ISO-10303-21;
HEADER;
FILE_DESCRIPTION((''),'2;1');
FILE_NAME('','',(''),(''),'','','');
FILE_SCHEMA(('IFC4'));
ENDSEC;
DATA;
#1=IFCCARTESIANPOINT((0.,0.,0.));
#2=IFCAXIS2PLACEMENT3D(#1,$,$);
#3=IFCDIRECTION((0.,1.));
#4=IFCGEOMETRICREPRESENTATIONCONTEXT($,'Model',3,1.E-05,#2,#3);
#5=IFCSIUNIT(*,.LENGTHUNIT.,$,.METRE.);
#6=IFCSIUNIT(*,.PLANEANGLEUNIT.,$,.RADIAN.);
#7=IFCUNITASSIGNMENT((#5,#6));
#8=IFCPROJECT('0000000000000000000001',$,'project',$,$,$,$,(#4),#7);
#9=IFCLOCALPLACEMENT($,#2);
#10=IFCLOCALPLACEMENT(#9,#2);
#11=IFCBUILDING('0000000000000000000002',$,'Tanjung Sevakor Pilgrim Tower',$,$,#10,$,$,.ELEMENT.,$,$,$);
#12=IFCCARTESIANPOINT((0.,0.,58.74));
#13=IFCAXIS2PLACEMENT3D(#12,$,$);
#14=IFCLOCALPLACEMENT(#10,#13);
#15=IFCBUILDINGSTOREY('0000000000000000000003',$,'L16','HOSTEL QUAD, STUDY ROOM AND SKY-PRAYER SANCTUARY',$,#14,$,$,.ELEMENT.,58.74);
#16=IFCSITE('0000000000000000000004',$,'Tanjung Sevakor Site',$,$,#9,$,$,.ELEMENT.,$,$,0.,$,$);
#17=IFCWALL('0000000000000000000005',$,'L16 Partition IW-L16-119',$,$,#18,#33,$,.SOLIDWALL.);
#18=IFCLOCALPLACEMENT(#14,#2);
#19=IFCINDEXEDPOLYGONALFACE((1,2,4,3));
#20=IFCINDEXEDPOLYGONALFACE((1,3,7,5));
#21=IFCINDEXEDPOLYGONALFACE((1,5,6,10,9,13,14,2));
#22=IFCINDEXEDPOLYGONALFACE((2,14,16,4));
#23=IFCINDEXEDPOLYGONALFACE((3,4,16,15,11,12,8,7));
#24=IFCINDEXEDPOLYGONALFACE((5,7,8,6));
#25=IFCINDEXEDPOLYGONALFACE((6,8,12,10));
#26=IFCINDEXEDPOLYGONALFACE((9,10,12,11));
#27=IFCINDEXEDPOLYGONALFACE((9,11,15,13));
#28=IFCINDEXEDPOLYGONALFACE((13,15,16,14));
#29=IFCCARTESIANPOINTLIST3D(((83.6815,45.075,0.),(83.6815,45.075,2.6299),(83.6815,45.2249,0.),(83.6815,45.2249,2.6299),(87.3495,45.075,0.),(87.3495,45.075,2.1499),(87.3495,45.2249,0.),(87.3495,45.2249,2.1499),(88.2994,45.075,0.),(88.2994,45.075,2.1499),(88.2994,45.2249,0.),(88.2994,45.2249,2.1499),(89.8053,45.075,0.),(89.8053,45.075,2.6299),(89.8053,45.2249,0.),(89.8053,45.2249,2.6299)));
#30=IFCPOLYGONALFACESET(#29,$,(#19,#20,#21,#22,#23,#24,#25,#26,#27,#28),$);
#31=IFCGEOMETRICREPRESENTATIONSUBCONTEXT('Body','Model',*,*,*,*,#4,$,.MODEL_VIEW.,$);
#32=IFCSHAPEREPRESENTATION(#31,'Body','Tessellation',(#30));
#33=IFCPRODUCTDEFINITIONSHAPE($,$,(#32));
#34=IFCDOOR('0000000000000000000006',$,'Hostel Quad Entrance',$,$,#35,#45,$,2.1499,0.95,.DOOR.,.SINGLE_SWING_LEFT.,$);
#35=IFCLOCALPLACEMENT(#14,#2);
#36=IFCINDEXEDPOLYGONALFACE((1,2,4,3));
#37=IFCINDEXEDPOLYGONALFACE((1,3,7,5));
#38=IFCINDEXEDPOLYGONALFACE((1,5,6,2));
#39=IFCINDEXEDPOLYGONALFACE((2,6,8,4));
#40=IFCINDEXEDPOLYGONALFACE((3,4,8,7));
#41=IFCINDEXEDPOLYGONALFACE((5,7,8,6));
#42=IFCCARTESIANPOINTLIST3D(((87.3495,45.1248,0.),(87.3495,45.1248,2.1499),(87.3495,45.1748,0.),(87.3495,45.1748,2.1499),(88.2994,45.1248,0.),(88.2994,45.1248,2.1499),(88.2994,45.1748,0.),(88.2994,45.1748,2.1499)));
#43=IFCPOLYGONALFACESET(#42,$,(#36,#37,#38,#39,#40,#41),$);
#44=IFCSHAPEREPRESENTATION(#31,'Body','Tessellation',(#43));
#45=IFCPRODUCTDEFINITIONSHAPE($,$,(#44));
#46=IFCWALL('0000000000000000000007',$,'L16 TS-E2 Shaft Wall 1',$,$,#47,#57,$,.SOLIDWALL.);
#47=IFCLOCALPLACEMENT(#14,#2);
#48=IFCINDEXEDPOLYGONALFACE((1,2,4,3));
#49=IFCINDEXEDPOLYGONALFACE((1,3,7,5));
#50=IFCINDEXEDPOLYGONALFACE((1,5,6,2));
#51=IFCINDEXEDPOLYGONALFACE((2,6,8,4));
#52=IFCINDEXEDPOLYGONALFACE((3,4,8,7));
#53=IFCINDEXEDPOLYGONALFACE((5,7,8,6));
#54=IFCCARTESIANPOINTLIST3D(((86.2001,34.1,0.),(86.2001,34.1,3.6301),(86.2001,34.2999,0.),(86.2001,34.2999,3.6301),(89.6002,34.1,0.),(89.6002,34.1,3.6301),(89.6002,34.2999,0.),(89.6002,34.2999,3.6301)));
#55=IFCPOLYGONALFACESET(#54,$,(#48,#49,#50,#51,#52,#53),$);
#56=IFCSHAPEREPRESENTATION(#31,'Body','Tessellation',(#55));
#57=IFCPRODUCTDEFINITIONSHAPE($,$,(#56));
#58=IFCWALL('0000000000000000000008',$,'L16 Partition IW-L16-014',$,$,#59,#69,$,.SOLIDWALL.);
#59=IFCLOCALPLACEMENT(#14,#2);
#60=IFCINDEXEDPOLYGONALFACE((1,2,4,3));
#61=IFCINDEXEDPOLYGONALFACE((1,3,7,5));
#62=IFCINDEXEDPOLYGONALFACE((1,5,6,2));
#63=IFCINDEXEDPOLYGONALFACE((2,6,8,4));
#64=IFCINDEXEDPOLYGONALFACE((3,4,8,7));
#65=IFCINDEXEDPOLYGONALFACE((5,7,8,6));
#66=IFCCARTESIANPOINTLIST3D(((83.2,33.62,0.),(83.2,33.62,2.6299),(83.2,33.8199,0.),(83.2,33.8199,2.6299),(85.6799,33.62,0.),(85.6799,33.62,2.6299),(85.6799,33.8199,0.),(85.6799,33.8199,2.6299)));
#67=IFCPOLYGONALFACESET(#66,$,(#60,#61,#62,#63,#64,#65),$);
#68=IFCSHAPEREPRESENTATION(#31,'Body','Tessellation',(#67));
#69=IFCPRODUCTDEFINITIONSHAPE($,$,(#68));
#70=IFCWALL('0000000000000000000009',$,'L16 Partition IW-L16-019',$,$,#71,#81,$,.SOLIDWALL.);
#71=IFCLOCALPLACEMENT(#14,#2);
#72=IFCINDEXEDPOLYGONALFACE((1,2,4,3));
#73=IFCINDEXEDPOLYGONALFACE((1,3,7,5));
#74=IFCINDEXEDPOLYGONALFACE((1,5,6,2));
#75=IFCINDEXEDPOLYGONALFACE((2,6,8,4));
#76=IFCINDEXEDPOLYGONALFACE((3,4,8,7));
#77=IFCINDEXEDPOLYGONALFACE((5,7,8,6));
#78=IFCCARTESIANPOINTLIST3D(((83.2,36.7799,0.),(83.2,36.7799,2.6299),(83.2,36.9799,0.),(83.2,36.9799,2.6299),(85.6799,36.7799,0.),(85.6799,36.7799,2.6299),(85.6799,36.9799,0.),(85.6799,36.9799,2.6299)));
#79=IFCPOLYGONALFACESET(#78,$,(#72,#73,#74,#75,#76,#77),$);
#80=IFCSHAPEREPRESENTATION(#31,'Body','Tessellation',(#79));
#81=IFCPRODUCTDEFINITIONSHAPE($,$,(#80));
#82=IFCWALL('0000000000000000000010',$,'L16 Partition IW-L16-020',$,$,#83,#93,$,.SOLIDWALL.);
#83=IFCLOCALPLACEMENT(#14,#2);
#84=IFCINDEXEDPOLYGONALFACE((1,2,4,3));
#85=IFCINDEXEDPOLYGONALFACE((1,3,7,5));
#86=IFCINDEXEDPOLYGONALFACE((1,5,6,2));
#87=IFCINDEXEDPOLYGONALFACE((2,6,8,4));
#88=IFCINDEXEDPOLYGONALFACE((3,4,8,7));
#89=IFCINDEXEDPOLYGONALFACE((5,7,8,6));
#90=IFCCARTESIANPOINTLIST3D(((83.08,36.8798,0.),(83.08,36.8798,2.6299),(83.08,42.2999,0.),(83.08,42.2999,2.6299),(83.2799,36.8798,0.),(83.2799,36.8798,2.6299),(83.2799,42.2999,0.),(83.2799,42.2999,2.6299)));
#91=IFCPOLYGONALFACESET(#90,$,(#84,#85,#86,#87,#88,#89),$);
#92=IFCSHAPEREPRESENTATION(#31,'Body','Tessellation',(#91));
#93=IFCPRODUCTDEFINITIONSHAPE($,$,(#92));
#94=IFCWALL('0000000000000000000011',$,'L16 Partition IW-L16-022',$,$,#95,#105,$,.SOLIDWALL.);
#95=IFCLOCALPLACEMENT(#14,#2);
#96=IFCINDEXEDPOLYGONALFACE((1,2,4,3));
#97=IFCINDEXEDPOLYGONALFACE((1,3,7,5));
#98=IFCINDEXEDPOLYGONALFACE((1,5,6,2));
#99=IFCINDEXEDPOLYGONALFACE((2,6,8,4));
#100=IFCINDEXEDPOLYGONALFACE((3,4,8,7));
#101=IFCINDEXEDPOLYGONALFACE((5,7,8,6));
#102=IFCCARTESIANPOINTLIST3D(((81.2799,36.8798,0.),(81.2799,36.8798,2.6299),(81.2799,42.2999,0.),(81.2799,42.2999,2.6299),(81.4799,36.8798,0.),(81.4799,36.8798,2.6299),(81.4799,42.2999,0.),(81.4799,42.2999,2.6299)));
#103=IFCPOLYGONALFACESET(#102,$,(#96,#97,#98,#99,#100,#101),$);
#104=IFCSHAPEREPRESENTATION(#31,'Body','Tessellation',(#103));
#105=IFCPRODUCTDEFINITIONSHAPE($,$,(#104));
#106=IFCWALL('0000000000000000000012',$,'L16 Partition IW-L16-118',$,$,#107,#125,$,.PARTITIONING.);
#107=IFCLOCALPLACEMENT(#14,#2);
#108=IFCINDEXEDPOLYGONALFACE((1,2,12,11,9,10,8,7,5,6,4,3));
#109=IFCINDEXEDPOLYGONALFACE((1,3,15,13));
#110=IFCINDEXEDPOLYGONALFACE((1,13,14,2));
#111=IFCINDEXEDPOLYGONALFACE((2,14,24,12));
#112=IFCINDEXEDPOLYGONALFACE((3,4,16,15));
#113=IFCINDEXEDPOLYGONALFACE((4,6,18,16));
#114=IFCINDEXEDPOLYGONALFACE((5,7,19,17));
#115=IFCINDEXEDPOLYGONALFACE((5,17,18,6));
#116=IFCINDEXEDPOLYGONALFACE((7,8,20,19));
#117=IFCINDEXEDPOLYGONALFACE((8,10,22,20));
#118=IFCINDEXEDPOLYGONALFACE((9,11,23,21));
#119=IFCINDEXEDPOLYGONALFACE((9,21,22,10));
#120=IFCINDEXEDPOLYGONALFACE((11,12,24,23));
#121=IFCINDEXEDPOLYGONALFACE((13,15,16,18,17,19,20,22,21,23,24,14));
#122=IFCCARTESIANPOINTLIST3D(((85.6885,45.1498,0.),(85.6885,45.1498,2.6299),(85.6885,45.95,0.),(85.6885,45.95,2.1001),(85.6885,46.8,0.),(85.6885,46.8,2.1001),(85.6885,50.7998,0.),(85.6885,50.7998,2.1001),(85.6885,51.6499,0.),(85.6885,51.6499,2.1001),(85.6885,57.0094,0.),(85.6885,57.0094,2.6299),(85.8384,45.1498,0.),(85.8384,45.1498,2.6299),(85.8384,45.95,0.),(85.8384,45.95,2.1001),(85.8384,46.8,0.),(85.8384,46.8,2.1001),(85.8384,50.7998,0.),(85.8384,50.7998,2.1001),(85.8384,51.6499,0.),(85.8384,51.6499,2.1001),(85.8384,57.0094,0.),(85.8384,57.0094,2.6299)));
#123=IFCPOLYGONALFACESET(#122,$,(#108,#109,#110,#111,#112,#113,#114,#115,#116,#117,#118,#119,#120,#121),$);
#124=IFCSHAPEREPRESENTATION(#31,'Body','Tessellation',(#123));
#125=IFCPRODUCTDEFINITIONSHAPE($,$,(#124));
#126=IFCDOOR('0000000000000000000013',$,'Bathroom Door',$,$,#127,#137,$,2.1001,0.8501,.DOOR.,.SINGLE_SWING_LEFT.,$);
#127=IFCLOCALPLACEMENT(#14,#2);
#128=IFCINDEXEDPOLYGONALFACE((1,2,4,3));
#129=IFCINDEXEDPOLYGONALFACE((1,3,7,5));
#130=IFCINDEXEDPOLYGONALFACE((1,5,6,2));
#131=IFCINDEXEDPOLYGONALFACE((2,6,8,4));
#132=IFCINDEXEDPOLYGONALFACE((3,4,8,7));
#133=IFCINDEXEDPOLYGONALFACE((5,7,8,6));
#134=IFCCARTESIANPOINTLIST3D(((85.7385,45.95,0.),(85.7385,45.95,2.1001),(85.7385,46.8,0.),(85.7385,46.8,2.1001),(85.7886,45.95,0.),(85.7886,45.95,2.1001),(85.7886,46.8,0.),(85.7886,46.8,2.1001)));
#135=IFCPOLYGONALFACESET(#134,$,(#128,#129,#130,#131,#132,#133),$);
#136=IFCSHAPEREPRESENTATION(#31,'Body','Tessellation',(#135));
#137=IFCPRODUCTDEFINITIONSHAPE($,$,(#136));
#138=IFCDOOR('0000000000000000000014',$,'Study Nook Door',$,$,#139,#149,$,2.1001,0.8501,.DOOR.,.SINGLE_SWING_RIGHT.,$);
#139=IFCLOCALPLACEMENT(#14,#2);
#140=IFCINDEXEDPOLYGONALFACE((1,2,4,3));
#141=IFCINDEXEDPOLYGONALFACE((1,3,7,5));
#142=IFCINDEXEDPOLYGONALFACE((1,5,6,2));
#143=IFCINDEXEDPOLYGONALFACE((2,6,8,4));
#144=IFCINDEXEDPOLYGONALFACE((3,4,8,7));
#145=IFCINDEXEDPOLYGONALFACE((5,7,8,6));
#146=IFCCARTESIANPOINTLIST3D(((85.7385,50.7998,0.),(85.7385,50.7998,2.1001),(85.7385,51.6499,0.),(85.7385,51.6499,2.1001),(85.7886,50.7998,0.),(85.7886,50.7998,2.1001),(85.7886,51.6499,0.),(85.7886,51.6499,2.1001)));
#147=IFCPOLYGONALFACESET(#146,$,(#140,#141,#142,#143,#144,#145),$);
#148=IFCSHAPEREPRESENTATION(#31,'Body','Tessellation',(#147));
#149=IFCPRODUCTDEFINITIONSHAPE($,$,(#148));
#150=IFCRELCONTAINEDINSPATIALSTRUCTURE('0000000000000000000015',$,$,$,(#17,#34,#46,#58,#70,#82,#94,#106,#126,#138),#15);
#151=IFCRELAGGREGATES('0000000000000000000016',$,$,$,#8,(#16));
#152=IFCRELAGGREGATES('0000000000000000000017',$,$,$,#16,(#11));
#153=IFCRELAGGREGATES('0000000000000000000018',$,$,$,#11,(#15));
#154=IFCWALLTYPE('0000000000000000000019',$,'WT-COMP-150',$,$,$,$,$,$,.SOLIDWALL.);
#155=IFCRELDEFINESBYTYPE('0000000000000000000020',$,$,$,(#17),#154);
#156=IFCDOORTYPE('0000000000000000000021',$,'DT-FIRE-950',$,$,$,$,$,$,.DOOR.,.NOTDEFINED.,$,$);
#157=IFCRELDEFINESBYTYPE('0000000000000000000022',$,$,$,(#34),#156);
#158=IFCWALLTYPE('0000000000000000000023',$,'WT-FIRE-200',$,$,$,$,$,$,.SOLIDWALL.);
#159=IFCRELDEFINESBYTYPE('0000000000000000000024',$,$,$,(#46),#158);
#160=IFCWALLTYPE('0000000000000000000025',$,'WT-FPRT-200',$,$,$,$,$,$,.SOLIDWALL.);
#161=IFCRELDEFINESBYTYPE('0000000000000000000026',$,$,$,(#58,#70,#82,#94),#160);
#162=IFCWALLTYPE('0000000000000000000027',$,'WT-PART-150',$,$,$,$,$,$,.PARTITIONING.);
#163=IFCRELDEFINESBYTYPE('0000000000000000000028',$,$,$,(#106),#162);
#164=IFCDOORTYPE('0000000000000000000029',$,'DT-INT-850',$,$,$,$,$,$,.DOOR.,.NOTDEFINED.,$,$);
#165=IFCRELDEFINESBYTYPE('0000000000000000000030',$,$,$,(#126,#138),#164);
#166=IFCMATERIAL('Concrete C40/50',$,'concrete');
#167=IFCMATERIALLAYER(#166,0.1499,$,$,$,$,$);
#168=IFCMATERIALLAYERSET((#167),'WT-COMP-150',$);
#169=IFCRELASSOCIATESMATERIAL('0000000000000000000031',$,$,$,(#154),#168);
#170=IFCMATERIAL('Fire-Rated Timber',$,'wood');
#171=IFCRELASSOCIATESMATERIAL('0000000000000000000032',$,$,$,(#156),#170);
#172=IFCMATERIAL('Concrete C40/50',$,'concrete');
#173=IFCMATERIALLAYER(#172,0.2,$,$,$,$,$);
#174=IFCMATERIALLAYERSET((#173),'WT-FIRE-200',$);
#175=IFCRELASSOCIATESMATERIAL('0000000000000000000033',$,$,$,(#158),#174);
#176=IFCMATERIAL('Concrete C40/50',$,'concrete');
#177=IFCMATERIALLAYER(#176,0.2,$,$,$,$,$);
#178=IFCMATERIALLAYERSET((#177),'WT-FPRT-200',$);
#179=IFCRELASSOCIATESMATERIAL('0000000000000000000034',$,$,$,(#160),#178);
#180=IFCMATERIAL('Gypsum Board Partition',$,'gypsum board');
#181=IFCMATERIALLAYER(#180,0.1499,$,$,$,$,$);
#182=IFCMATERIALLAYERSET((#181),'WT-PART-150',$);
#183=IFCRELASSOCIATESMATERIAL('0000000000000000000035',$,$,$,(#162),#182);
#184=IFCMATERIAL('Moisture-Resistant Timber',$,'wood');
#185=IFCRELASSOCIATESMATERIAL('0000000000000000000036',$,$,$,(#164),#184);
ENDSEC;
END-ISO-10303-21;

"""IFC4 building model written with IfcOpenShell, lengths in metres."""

from ifc_helpers import new_model, si_unit, direction, frame, frame_2d, origin, place, context, subcontext, project, spatial, rectangle, extrude, material, layer, layer_set, type_object, element, fill, save


model = new_model("IFC4")

# Units and contexts
model_context = context("Model", 3, precision=1e-05, world=origin(), true_north=direction((0.0, 1.0)))
body_context = subcontext(model_context, "Body", "Model", "MODEL_VIEW")
ifc_project = project(units=[si_unit("LENGTHUNIT", "METRE"), si_unit("PLANEANGLEUNIT", "RADIAN")], contexts=[model_context])

# Site, building, storey
site_placement = place(None, origin())
site = spatial("IfcSite", under=ifc_project, at=site_placement, Name="Tanjung Sevakor Site", CompositionType="ELEMENT", RefElevation=0.0)
building_placement = place(site_placement, origin())
building = spatial("IfcBuilding", under=site, at=building_placement, Name="Tanjung Sevakor Pilgrim Tower", CompositionType="ELEMENT")
storey_placement = place(building_placement, frame((0.0, 0.0, 58.74)))
storey = spatial("IfcBuildingStorey", under=building, at=storey_placement, Name="L16", Description="HOSTEL QUAD, STUDY ROOM AND SKY-PRAYER SANCTUARY", CompositionType="ELEMENT", Elevation=58.74)

# Shared definitions
ifc_material_1 = material(Name="Concrete C40/50", Category="concrete")
ifc_layer_1 = layer(ifc_material_1, 0.1499)
ifc_layer_set_1 = layer_set([ifc_layer_1], Name="WT-COMP-150")
wall_type_1 = type_object("IfcWallType", Name="WT-COMP-150", PredefinedType="SOLIDWALL", material=ifc_layer_set_1)

# Wall, opening, door
wall_1_placement = place(storey_placement, frame((83.6814, 45.1499, 0.0), z_axis=(0.0, 0.0, 1.0), x_axis=(1.0, 0.0, 0.0)))
wall_1 = element("IfcWall", 1, at=wall_1_placement, inside=storey, type_object=wall_type_1, Name="L16 Partition IW-L16-119", PredefinedType="SOLIDWALL", context=body_context, shape_type="SweptSolid", body=[
    extrude(rectangle(XDim=6.1238, YDim=0.1499, at=frame_2d((3.062, 0.0))), origin(), (0.0, 0.0, 1.0), 2.6299),
])
opening_1_placement = place(wall_1_placement, frame((3.668, 0.0, 0.0)))
opening_1 = element("IfcOpeningElement", 2, at=opening_1_placement, cuts=wall_1, PredefinedType="OPENING", context=body_context, shape_type="SweptSolid", body=[
    extrude(rectangle(XDim=0.95, YDim=2.1499, at=frame_2d((0.4751, 1.075))), frame((0.0, 0.085, 0.0), z_axis=(0.0, -1.0, 0.0), x_axis=(1.0, 0.0, 0.0)), (0.0, 0.0, 1.0), 0.1699),
])
ifc_material_2 = material(Name="Fire-Rated Timber", Category="wood")
door_type_1 = type_object("IfcDoorType", Name="DT-FIRE-950", OperationType="NOTDEFINED", PredefinedType="DOOR", material=ifc_material_2)
door_1_placement = place(opening_1_placement, origin())
door_1 = element("IfcDoor", 3, at=door_1_placement, inside=storey, type_object=door_type_1, Name="Hostel Quad Entrance", OperationType="SINGLE_SWING_LEFT", OverallHeight=2.1499, OverallWidth=0.95, PredefinedType="DOOR", context=body_context, shape_type="SweptSolid", body=[
    extrude(rectangle(XDim=0.95, YDim=2.1499, at=frame_2d((0.4751, 1.075))), frame((0.0, 0.0249, 0.0), z_axis=(0.0, -1.0, 0.0), x_axis=(1.0, 0.0, 0.0)), (0.0, 0.0, 1.0), 0.05),
])
fill(opening_1, door_1)

# Walls
ifc_material_3 = material(Name="Concrete C40/50", Category="concrete")
ifc_layer_2 = layer(ifc_material_3, 0.2)
ifc_layer_set_2 = layer_set([ifc_layer_2], Name="WT-FIRE-200")
wall_type_2 = type_object("IfcWallType", Name="WT-FIRE-200", PredefinedType="SOLIDWALL", material=ifc_layer_set_2)
wall_2_placement = place(storey_placement, frame((86.2, 34.2, 0.0), z_axis=(0.0, 0.0, 1.0), x_axis=(1.0, 0.0, 0.0)))
element("IfcWall", 4, at=wall_2_placement, inside=storey, type_object=wall_type_2, Name="L16 TS-E2 Shaft Wall 1", PredefinedType="SOLIDWALL", context=body_context, shape_type="SweptSolid", body=[
    extrude(rectangle(XDim=3.4001, YDim=0.2, at=frame_2d((1.7002, 0.0))), origin(), (0.0, 0.0, 1.0), 3.6301),
])
ifc_material_4 = material(Name="Concrete C40/50", Category="concrete")
ifc_layer_3 = layer(ifc_material_4, 0.2)
ifc_layer_set_3 = layer_set([ifc_layer_3], Name="WT-FPRT-200")
wall_type_3 = type_object("IfcWallType", Name="WT-FPRT-200", PredefinedType="SOLIDWALL", material=ifc_layer_set_3)
for number, where, z_axis, x_axis, name in (
    (5, (83.2, 33.72, 0.0), (0.0, 0.0, 1.0), (1.0, 0.0, 0.0), "L16 Partition IW-L16-014"),
    (6, (83.2, 36.8799, 0.0), (0.0, 0.0, 1.0), (1.0, 0.0, 0.0), "L16 Partition IW-L16-019"),
):
    element("IfcWall", number, at=place(storey_placement, frame(where, z_axis=z_axis, x_axis=x_axis)), inside=storey, type_object=wall_type_3, Name=name, PredefinedType="SOLIDWALL", context=body_context, shape_type="SweptSolid", body=[
        extrude(rectangle(XDim=2.48, YDim=0.2, at=frame_2d((1.24, 0.0))), origin(), (0.0, 0.0, 1.0), 2.6299),
    ])
for number, where, z_axis, x_axis, name in (
    (7, (83.1799, 36.8799, 0.0), (0.0, 0.0, 1.0), (0.0, 1.0, 0.0), "L16 Partition IW-L16-020"),
    (8, (81.3799, 36.8799, 0.0), (0.0, 0.0, 1.0), (0.0, 1.0, 0.0), "L16 Partition IW-L16-022"),
):
    element("IfcWall", number, at=place(storey_placement, frame(where, z_axis=z_axis, x_axis=x_axis)), inside=storey, type_object=wall_type_3, Name=name, PredefinedType="SOLIDWALL", context=body_context, shape_type="SweptSolid", body=[
        extrude(rectangle(XDim=5.4202, YDim=0.2, at=frame_2d((2.71, 0.0))), origin(), (0.0, 0.0, 1.0), 2.6299),
    ])

# Wall, openings, doors
ifc_material_5 = material(Name="Gypsum Board Partition", Category="gypsum board")
ifc_layer_4 = layer(ifc_material_5, 0.1499)
ifc_layer_set_4 = layer_set([ifc_layer_4], Name="WT-PART-150")
wall_type_4 = type_object("IfcWallType", Name="WT-PART-150", PredefinedType="PARTITIONING", material=ifc_layer_set_4)
wall_3_placement = place(storey_placement, frame((85.7634, 45.1499, 0.0), z_axis=(0.0, 0.0, 1.0), x_axis=(0.0, 1.0, 0.0)))
wall_3 = element("IfcWall", 9, at=wall_3_placement, inside=storey, type_object=wall_type_4, Name="L16 Partition IW-L16-118", PredefinedType="PARTITIONING", context=body_context, shape_type="SweptSolid", body=[
    extrude(rectangle(XDim=11.8596, YDim=0.1499, at=frame_2d((5.9297, 0.0))), origin(), (0.0, 0.0, 1.0), 2.6299),
])
opening_2_placement = place(wall_3_placement, frame((0.8, 0.0, 0.0)))
opening_2 = element("IfcOpeningElement", 10, at=opening_2_placement, cuts=wall_3, PredefinedType="OPENING", context=body_context, shape_type="SweptSolid", body=[
    extrude(rectangle(XDim=0.8501, YDim=2.1001, at=frame_2d((0.425, 1.05))), frame((0.0, 0.085, 0.0), z_axis=(0.0, -1.0, 0.0), x_axis=(1.0, 0.0, 0.0)), (0.0, 0.0, 1.0), 0.1699),
])
opening_3_placement = place(wall_3_placement, frame((5.6499, 0.0, 0.0)))
opening_3 = element("IfcOpeningElement", 11, at=opening_3_placement, cuts=wall_3, PredefinedType="OPENING", context=body_context, shape_type="SweptSolid", body=[
    extrude(rectangle(XDim=0.8501, YDim=2.1001, at=frame_2d((0.425, 1.05))), frame((0.0, 0.085, 0.0), z_axis=(0.0, -1.0, 0.0), x_axis=(1.0, 0.0, 0.0)), (0.0, 0.0, 1.0), 0.1699),
])
ifc_material_6 = material(Name="Moisture-Resistant Timber", Category="wood")
door_type_2 = type_object("IfcDoorType", Name="DT-INT-850", OperationType="NOTDEFINED", PredefinedType="DOOR", material=ifc_material_6)
door_2_placement = place(opening_2_placement, origin())
door_2 = element("IfcDoor", 12, at=door_2_placement, inside=storey, type_object=door_type_2, Name="Bathroom Door", OperationType="SINGLE_SWING_LEFT", OverallHeight=2.1001, OverallWidth=0.8501, PredefinedType="DOOR", context=body_context, shape_type="SweptSolid", body=[
    extrude(rectangle(XDim=0.8501, YDim=2.1001, at=frame_2d((0.425, 1.05))), frame((0.0, 0.0249, 0.0), z_axis=(0.0, -1.0, 0.0), x_axis=(1.0, 0.0, 0.0)), (0.0, 0.0, 1.0), 0.05),
])
fill(opening_2, door_2)
door_3_placement = place(opening_3_placement, origin())
door_3 = element("IfcDoor", 13, at=door_3_placement, inside=storey, type_object=door_type_2, Name="Study Nook Door", OperationType="SINGLE_SWING_RIGHT", OverallHeight=2.1001, OverallWidth=0.8501, PredefinedType="DOOR", context=body_context, shape_type="SweptSolid", body=[
    extrude(rectangle(XDim=0.8501, YDim=2.1001, at=frame_2d((0.425, 1.05))), frame((0.0, 0.0249, 0.0), z_axis=(0.0, -1.0, 0.0), x_axis=(1.0, 0.0, 0.0)), (0.0, 0.0, 1.0), 0.05),
])
fill(opening_3, door_3)

save(model, "model.ifc")
